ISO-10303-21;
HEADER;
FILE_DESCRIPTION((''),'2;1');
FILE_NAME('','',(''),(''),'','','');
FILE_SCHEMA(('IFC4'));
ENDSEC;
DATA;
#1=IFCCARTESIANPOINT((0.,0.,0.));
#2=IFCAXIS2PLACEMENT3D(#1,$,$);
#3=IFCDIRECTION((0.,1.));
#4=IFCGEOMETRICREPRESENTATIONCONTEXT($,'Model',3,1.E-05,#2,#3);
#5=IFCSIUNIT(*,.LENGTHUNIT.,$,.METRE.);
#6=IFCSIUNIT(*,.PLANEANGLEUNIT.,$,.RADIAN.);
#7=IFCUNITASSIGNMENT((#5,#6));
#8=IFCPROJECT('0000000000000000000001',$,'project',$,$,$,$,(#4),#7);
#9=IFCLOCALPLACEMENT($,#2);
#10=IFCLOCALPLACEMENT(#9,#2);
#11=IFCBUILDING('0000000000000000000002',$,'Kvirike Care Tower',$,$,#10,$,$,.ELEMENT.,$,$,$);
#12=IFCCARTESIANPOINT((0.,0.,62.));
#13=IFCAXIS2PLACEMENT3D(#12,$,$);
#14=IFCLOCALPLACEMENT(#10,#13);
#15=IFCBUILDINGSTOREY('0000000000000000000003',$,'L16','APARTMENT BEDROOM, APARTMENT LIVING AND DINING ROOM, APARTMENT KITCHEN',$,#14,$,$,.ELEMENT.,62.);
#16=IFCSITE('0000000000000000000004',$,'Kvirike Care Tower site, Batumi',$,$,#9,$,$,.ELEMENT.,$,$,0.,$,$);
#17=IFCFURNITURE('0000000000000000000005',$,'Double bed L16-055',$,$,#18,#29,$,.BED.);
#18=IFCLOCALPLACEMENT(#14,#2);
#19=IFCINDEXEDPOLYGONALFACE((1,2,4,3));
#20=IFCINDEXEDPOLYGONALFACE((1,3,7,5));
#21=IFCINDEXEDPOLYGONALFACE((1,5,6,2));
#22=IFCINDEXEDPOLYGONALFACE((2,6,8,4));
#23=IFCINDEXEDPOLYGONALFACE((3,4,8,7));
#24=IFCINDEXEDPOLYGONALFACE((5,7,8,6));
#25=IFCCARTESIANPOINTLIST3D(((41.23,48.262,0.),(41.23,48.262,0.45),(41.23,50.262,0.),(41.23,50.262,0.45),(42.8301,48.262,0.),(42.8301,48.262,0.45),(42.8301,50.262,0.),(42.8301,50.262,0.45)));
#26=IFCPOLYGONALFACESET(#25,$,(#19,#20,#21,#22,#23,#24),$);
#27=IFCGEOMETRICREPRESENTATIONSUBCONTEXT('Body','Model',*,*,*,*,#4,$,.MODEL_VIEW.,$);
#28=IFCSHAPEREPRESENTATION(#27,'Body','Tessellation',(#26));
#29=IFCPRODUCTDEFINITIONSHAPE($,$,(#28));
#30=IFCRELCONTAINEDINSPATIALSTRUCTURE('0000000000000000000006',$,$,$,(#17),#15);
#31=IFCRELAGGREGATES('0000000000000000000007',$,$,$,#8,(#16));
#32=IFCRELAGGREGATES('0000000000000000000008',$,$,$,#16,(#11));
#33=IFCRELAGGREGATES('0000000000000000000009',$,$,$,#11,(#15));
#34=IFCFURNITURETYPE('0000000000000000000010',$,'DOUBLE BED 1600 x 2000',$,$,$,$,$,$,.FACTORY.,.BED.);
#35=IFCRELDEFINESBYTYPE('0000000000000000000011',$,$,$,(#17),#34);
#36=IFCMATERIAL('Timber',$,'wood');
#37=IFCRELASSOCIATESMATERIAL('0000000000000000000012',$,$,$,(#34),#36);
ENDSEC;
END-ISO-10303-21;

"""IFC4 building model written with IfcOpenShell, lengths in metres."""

from ifc_helpers import new_model, si_unit, direction, frame, origin, origin_2d, place, context, subcontext, project, spatial, rectangle, extrude, material, type_object, element, save


model = new_model("IFC4")

# Units and contexts
model_context = context("Model", 3, precision=1e-05, world=origin(), true_north=direction((0.0, 1.0)))
body_context = subcontext(model_context, "Body", "Model", "MODEL_VIEW")
ifc_project = project(units=[si_unit("LENGTHUNIT", "METRE"), si_unit("PLANEANGLEUNIT", "RADIAN")], contexts=[model_context])

# Site, building, storey
site_placement = place(None, origin())
site = spatial("IfcSite", under=ifc_project, at=site_placement, Name="Kvirike Care Tower site, Batumi", CompositionType="ELEMENT", RefElevation=0.0)
building_placement = place(site_placement, origin())
building = spatial("IfcBuilding", under=site, at=building_placement, Name="Kvirike Care Tower", CompositionType="ELEMENT")
storey_placement = place(building_placement, frame((0.0, 0.0, 62.0)))
storey = spatial("IfcBuildingStorey", under=building, at=storey_placement, Name="L16", Description="APARTMENT BEDROOM, APARTMENT LIVING AND DINING ROOM, APARTMENT KITCHEN", CompositionType="ELEMENT", Elevation=62.0)

# Furniture
ifc_material_1 = material(Name="Timber", Category="wood")
furniture_type = type_object("IfcFurnitureType", Name="DOUBLE BED 1600 x 2000", AssemblyPlace="FACTORY", PredefinedType="BED", material=ifc_material_1)
furniture_placement = place(storey_placement, frame((42.03, 49.262, 0.0), z_axis=(0.0, 0.0, 1.0), x_axis=(-1.0, 0.0, 0.0)))
element("IfcFurniture", 1, at=furniture_placement, inside=storey, type_object=furniture_type, Name="Double bed L16-055", PredefinedType="BED", context=body_context, shape_type="SweptSolid", body=[
    extrude(rectangle(XDim=1.6001, YDim=2.0, at=origin_2d()), origin(), (0.0, 0.0, 1.0), 0.45),
])

save(model, "model.ifc")
